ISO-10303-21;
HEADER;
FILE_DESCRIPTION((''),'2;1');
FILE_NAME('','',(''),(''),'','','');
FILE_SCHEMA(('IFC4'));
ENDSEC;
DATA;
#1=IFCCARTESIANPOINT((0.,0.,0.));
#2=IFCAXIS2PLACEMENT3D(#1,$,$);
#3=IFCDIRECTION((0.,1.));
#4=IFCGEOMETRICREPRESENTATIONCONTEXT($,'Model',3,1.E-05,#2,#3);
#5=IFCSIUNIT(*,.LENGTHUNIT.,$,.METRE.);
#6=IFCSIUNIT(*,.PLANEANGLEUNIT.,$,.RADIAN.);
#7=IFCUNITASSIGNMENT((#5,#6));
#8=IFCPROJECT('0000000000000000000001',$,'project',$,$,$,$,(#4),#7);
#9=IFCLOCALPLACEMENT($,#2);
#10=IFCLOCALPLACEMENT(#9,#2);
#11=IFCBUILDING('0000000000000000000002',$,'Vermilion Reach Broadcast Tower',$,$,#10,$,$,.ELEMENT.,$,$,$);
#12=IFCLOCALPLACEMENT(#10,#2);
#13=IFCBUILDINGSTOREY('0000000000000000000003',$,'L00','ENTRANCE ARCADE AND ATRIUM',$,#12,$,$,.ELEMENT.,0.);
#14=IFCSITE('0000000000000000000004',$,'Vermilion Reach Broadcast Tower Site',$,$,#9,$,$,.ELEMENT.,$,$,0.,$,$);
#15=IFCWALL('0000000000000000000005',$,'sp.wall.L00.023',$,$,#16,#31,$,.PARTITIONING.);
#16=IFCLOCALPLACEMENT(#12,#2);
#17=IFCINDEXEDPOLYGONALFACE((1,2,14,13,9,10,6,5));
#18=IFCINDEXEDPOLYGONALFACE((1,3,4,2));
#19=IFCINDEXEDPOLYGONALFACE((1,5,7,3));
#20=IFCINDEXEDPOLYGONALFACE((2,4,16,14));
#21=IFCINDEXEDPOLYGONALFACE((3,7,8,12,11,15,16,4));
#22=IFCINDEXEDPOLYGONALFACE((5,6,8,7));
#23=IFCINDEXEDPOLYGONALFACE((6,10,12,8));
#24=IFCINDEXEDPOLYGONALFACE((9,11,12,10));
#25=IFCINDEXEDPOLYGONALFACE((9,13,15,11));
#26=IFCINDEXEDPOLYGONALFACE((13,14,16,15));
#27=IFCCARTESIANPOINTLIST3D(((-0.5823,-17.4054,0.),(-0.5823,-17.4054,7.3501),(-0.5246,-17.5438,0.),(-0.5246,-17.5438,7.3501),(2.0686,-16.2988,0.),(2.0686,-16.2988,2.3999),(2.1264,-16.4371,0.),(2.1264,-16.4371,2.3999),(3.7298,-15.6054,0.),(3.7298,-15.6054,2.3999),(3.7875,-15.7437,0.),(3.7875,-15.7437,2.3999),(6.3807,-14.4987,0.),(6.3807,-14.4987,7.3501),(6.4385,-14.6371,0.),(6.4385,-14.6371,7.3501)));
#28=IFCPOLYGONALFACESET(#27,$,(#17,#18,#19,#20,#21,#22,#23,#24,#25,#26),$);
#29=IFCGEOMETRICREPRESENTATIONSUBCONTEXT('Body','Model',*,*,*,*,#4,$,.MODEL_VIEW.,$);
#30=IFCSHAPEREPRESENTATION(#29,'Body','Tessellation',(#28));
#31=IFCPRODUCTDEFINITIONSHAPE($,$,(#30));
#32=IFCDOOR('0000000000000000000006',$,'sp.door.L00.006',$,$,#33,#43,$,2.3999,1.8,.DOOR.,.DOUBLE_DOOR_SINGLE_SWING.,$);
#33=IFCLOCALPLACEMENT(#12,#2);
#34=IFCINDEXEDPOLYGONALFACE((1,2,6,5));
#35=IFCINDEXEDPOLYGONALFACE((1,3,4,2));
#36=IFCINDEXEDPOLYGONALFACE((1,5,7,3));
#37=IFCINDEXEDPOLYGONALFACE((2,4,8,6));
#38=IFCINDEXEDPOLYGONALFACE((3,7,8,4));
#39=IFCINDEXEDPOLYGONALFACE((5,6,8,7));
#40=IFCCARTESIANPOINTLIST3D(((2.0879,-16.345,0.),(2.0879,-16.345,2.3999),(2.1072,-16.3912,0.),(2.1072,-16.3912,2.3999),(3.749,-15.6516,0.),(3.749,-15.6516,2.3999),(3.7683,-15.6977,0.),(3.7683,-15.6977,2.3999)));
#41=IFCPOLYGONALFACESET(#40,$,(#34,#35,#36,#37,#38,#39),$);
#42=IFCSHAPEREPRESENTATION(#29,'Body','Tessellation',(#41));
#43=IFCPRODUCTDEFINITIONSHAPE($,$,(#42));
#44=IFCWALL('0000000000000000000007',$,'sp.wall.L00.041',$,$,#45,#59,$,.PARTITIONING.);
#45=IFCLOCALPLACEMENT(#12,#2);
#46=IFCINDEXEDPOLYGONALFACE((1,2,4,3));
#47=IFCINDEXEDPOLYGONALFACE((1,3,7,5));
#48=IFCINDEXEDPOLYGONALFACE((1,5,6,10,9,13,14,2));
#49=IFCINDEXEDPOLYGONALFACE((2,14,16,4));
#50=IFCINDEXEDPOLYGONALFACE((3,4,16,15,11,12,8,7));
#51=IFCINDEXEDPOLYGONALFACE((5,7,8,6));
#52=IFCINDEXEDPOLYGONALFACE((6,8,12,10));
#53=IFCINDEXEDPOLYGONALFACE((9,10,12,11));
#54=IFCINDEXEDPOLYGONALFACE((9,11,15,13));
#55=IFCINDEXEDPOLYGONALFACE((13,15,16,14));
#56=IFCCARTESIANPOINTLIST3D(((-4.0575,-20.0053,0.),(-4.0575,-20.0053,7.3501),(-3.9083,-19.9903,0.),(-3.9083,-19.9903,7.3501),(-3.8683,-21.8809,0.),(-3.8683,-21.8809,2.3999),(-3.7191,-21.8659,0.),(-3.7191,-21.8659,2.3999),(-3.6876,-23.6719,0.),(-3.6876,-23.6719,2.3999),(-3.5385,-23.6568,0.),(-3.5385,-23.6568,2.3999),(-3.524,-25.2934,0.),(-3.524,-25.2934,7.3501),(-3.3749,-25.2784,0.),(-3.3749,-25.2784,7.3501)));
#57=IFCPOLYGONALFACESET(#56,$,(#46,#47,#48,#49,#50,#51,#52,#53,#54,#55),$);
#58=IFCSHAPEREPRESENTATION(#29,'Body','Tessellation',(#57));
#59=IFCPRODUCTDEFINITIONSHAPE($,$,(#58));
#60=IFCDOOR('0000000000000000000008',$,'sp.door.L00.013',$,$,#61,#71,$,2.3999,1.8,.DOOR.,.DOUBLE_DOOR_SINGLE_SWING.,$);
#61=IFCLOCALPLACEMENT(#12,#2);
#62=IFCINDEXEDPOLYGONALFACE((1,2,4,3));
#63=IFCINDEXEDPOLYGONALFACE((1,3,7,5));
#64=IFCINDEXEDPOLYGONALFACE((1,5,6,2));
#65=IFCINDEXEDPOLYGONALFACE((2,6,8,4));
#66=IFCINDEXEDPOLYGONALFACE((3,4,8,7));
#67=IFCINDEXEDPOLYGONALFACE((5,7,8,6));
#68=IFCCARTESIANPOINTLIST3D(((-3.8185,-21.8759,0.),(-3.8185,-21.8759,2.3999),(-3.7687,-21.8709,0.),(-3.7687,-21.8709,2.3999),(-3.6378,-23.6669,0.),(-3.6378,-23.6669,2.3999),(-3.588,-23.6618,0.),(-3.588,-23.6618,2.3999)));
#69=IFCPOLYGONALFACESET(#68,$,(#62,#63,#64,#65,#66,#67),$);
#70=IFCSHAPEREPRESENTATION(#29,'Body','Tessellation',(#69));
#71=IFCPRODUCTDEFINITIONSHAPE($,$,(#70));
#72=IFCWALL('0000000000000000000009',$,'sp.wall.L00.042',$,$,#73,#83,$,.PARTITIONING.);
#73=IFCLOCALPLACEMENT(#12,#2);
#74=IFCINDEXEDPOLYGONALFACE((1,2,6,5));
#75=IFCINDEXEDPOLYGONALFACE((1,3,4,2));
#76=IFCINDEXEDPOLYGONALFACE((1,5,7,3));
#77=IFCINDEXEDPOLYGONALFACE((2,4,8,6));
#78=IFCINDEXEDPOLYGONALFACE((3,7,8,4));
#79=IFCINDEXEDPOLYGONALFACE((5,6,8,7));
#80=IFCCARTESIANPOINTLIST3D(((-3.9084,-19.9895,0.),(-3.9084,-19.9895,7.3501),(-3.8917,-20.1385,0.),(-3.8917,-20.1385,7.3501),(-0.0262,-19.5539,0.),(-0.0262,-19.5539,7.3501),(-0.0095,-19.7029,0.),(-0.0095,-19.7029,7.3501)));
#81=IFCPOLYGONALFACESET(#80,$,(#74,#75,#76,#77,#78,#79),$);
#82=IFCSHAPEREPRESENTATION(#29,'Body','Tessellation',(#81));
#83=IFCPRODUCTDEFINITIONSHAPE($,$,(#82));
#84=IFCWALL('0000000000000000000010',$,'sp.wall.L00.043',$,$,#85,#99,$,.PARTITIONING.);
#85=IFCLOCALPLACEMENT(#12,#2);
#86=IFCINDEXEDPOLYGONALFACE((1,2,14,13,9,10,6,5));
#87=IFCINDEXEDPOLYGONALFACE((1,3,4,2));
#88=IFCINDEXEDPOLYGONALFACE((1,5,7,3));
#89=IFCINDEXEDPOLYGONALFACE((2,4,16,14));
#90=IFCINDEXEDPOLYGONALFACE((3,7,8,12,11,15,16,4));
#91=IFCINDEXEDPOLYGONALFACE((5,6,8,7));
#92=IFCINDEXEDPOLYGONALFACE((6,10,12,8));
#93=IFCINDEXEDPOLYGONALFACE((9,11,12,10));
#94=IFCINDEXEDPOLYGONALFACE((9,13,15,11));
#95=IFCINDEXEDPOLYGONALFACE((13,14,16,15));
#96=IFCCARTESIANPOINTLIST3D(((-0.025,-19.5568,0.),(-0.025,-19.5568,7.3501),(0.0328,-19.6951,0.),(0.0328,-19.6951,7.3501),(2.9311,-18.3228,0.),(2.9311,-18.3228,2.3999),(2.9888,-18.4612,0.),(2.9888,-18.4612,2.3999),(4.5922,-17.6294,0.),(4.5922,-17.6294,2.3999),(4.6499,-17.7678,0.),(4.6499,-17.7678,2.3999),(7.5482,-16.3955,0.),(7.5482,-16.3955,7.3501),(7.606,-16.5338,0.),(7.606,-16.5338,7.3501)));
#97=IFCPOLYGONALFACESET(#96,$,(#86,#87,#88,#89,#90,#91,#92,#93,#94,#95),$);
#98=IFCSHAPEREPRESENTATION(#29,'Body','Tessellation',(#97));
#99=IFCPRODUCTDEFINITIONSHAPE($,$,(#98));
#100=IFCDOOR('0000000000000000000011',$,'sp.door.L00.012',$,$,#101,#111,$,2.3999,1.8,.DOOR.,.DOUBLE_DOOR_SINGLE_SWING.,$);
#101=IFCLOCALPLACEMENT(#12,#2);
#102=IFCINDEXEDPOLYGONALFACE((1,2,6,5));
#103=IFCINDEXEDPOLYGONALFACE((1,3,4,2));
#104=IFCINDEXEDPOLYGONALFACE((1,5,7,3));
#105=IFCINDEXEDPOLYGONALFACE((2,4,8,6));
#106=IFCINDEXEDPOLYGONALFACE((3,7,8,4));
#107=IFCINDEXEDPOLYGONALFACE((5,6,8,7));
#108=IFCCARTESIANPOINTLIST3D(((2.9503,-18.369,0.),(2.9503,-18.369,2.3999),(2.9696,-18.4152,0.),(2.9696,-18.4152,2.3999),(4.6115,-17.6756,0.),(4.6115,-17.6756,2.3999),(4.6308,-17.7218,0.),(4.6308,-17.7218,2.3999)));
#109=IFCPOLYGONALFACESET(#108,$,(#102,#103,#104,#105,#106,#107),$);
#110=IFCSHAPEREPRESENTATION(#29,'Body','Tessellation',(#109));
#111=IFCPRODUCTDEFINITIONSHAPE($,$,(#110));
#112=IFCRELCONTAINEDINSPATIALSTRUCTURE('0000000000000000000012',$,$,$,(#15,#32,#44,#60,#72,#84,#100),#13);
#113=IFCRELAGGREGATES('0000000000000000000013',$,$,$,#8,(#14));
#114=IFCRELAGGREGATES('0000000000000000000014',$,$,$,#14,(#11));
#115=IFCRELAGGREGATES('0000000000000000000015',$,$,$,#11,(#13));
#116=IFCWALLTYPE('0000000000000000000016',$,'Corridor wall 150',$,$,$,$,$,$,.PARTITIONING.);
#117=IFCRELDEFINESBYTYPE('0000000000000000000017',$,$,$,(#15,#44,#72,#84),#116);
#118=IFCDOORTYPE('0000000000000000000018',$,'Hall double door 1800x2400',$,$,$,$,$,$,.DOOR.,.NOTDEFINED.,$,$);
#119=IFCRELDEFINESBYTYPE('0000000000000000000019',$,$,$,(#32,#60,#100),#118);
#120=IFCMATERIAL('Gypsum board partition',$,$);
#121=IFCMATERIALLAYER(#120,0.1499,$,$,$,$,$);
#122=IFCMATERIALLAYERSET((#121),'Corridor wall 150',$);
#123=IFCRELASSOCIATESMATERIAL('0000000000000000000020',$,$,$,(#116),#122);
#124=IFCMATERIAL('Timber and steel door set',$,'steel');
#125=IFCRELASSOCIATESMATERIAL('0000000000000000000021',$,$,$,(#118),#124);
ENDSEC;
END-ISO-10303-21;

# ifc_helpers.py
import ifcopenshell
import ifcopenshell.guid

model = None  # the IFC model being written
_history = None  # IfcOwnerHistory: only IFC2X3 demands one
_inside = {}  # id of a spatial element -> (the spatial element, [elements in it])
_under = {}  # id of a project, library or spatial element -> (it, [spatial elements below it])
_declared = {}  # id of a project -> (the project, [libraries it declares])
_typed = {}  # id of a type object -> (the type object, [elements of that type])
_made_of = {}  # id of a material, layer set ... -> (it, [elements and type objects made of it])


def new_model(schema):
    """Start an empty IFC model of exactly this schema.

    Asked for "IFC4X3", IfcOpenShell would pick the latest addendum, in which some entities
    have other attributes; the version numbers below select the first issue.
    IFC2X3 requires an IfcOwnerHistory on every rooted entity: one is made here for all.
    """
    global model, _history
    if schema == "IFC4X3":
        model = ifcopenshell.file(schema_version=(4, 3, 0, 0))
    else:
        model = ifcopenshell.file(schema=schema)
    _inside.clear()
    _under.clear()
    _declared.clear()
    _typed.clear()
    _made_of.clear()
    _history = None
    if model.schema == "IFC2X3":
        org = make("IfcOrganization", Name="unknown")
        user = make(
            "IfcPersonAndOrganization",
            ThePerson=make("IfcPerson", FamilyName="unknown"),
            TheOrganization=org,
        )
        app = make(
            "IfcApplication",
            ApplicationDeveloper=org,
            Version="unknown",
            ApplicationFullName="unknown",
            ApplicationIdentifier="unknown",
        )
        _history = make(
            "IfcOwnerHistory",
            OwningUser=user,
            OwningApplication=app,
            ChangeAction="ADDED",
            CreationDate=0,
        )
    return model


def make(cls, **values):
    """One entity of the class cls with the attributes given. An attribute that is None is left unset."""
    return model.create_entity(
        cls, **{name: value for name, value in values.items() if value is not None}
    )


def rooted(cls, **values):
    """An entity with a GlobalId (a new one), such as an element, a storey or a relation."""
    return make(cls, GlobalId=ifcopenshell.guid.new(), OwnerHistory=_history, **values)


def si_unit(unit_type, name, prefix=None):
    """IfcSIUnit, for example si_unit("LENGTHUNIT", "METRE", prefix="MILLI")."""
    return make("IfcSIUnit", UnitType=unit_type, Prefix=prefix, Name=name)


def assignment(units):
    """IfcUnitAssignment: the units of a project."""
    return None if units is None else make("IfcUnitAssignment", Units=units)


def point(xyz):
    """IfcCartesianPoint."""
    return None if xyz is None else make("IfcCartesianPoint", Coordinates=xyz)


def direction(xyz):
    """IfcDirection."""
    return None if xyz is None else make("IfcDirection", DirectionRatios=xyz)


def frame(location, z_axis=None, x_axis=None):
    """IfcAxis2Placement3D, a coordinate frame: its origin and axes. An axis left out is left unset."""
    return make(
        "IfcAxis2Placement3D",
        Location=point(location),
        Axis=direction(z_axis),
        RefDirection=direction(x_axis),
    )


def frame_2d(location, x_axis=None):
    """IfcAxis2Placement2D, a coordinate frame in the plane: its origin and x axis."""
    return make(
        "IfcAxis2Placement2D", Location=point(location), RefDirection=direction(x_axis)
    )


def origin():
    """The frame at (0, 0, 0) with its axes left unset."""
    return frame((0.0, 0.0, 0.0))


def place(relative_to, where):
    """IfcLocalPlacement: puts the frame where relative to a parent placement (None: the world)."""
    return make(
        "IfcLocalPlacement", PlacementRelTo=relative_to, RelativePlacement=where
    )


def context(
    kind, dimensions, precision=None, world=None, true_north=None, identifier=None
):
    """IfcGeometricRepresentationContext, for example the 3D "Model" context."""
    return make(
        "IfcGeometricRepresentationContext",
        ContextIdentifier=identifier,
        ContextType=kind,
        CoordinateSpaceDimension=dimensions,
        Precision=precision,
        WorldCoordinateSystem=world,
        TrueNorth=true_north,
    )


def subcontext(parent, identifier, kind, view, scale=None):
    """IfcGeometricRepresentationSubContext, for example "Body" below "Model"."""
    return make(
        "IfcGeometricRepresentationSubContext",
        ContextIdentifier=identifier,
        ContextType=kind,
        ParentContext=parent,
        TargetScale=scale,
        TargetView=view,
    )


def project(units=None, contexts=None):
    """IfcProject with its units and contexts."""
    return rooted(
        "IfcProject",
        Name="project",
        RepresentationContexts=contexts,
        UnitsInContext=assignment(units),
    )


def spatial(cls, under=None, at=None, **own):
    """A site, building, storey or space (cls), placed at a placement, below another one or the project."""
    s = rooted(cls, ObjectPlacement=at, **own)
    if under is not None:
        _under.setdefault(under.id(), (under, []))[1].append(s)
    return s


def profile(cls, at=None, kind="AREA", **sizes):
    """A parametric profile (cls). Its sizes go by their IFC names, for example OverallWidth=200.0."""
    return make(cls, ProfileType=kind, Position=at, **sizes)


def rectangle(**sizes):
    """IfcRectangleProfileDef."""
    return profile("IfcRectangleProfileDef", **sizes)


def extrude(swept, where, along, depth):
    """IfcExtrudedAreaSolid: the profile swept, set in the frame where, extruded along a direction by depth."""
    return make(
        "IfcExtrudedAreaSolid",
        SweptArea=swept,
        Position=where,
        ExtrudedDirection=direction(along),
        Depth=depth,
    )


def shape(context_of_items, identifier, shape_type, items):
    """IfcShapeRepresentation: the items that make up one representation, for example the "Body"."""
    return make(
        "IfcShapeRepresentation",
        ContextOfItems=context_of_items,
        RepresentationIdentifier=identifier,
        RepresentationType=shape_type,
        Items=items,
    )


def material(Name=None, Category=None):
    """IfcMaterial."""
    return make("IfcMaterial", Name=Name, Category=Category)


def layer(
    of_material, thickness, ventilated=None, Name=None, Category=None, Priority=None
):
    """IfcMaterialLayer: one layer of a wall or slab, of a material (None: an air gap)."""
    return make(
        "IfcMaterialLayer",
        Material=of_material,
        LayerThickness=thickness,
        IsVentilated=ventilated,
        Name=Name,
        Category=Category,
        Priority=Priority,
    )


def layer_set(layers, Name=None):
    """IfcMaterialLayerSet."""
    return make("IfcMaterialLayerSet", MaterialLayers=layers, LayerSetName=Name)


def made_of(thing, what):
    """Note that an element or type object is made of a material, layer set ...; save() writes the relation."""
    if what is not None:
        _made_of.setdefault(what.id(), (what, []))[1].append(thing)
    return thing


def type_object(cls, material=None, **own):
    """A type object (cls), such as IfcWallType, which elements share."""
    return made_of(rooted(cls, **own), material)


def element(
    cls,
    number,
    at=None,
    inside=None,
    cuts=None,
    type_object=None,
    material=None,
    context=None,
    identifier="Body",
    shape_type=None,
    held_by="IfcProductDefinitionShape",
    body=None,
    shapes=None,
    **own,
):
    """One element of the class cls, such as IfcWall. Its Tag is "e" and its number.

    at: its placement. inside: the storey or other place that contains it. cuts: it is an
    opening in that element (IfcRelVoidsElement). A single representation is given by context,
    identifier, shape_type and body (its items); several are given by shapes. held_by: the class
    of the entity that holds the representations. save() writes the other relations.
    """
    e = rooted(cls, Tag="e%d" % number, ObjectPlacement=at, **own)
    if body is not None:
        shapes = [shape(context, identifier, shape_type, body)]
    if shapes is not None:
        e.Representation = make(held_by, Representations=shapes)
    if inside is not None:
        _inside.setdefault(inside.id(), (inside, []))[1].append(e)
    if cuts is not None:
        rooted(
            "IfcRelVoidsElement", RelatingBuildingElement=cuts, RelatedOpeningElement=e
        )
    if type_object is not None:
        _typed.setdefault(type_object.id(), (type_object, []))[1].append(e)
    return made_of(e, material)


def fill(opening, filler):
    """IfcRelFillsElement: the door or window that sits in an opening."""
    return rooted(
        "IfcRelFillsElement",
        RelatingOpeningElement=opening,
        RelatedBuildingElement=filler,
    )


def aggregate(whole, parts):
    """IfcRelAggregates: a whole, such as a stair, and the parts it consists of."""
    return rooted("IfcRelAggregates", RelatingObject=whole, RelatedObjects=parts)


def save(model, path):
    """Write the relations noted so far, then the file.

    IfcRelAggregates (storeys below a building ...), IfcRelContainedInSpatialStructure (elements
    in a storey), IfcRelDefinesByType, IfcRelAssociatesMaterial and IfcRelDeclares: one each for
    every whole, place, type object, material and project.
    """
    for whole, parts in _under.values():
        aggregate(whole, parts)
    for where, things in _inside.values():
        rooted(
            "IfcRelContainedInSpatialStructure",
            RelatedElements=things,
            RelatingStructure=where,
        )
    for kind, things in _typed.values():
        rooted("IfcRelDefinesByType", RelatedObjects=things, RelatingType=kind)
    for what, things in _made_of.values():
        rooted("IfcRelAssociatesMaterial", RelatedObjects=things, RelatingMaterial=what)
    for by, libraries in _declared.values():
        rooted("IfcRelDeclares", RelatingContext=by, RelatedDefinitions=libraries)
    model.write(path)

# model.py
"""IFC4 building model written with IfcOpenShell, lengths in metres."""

from ifc_helpers import new_model, si_unit, direction, frame, frame_2d, origin, place, context, subcontext, project, spatial, rectangle, extrude, material, layer, layer_set, type_object, element, fill, save


model = new_model("IFC4")

# Units and contexts
model_context = context("Model", 3, precision=1e-05, world=origin(), true_north=direction((0.0, 1.0)))
body_context = subcontext(model_context, "Body", "Model", "MODEL_VIEW")
ifc_project = project(units=[si_unit("LENGTHUNIT", "METRE"), si_unit("PLANEANGLEUNIT", "RADIAN")], contexts=[model_context])

# Site, building, storey
site_placement = place(None, origin())
site = spatial("IfcSite", under=ifc_project, at=site_placement, Name="Vermilion Reach Broadcast Tower Site", CompositionType="ELEMENT", RefElevation=0.0)
building_placement = place(site_placement, origin())
building = spatial("IfcBuilding", under=site, at=building_placement, Name="Vermilion Reach Broadcast Tower", CompositionType="ELEMENT")
storey_placement = place(building_placement, origin())
storey = spatial("IfcBuildingStorey", under=building, at=storey_placement, Name="L00", Description="ENTRANCE ARCADE AND ATRIUM", CompositionType="ELEMENT", Elevation=0.0)

# Walls, openings, doors
ifc_material_1 = material(Name="Gypsum board partition")
ifc_layer_1 = layer(ifc_material_1, 0.1499)
ifc_layer_set_1 = layer_set([ifc_layer_1], Name="Corridor wall 150")
wall_type = type_object("IfcWallType", Name="Corridor wall 150", PredefinedType="PARTITIONING", material=ifc_layer_set_1)
wall_1_placement = place(storey_placement, frame((-0.5535, -17.4746, 0.0), z_axis=(0.0, 0.0, 1.0), x_axis=(0.922821, 0.385229, 0.0)))
wall_1 = element("IfcWall", 1, at=wall_1_placement, inside=storey, type_object=wall_type, Name="sp.wall.L00.023", PredefinedType="PARTITIONING", context=body_context, shape_type="SweptSolid", body=[
    extrude(rectangle(XDim=7.5454, YDim=0.1499, at=frame_2d((3.7727, 0.0))), origin(), (0.0, 0.0, 1.0), 7.3501),
])
opening_1_placement = place(wall_1_placement, frame((2.8728, 0.0, 0.0)))
opening_1 = element("IfcOpeningElement", 2, at=opening_1_placement, cuts=wall_1, PredefinedType="OPENING", context=body_context, shape_type="SweptSolid", body=[
    extrude(rectangle(XDim=1.8, YDim=2.3999, at=frame_2d((0.8999, 1.2))), frame((0.0, 0.085, 0.0), z_axis=(0.0, -1.0, 0.0), x_axis=(1.0, 0.0, 0.0)), (0.0, 0.0, 1.0), 0.1699),
])
ifc_material_2 = material(Name="Timber and steel door set", Category="steel")
door_type = type_object("IfcDoorType", Name="Hall double door 1800x2400", OperationType="NOTDEFINED", PredefinedType="DOOR", material=ifc_material_2)
door_1_placement = place(opening_1_placement, origin())
door_1 = element("IfcDoor", 3, at=door_1_placement, inside=storey, type_object=door_type, Name="sp.door.L00.006", OperationType="DOUBLE_DOOR_SINGLE_SWING", OverallHeight=2.3999, OverallWidth=1.8, PredefinedType="DOOR", context=body_context, shape_type="SweptSolid", body=[
    extrude(rectangle(XDim=1.8, YDim=2.3999, at=frame_2d((0.8999, 1.2))), frame((0.0, 0.0249, 0.0), z_axis=(0.0, -1.0, 0.0), x_axis=(1.0, 0.0, 0.0)), (0.0, 0.0, 1.0), 0.05),
])
fill(opening_1, door_1)
wall_2_placement = place(storey_placement, frame((-3.4495, -25.2859, 0.0), z_axis=(0.0, 0.0, 1.0), x_axis=(-0.100368, 0.99495, 0.0)))
wall_2 = element("IfcWall", 4, at=wall_2_placement, inside=storey, type_object=wall_type, Name="sp.wall.L00.041", PredefinedType="PARTITIONING", context=body_context, shape_type="SweptSolid", body=[
    extrude(rectangle(XDim=5.3149, YDim=0.1499, at=frame_2d((2.6575, 0.0))), origin(), (0.0, 0.0, 1.0), 7.3501),
])
opening_2_placement = place(wall_2_placement, frame((1.6299, 0.0, 0.0)))
opening_2 = element("IfcOpeningElement", 5, at=opening_2_placement, cuts=wall_2, PredefinedType="OPENING", context=body_context, shape_type="SweptSolid", body=[
    extrude(rectangle(XDim=1.8, YDim=2.3999, at=frame_2d((0.8999, 1.2))), frame((0.0, 0.085, 0.0), z_axis=(0.0, -1.0, 0.0), x_axis=(1.0, 0.0, 0.0)), (0.0, 0.0, 1.0), 0.1699),
])
door_2_placement = place(opening_2_placement, origin())
door_2 = element("IfcDoor", 6, at=door_2_placement, inside=storey, type_object=door_type, Name="sp.door.L00.013", OperationType="DOUBLE_DOOR_SINGLE_SWING", OverallHeight=2.3999, OverallWidth=1.8, PredefinedType="DOOR", context=body_context, shape_type="SweptSolid", body=[
    extrude(rectangle(XDim=1.8, YDim=2.3999, at=frame_2d((0.8999, 1.2))), frame((0.0, 0.0249, 0.0), z_axis=(0.0, -1.0, 0.0), x_axis=(1.0, 0.0, 0.0)), (0.0, 0.0, 1.0), 0.05),
])
fill(opening_2, door_2)

# Wall
wall_3_placement = place(storey_placement, frame((-3.8999, -20.064, 0.0), z_axis=(0.0, 0.0, 1.0), x_axis=(0.993765, 0.111495, 0.0)))
element("IfcWall", 7, at=wall_3_placement, inside=storey, type_object=wall_type, Name="sp.wall.L00.042", PredefinedType="PARTITIONING", context=body_context, shape_type="SweptSolid", body=[
    extrude(rectangle(XDim=3.9065, YDim=0.1499, at=frame_2d((1.9531, 0.0))), origin(), (0.0, 0.0, 1.0), 7.3501),
])

# Wall, opening, door
wall_4_placement = place(storey_placement, frame((0.0039, -19.626, 0.0), z_axis=(0.0, 0.0, 1.0), x_axis=(0.922823, 0.385224, 0.0)))
wall_4 = element("IfcWall", 8, at=wall_4_placement, inside=storey, type_object=wall_type, Name="sp.wall.L00.043", PredefinedType="PARTITIONING", context=body_context, shape_type="SweptSolid", body=[
    extrude(rectangle(XDim=8.2065, YDim=0.1499, at=frame_2d((4.1033, 0.0))), origin(), (0.0, 0.0, 1.0), 7.3501),
])
opening_3_placement = place(wall_4_placement, frame((3.2034, 0.0, 0.0)))
opening_3 = element("IfcOpeningElement", 9, at=opening_3_placement, cuts=wall_4, PredefinedType="OPENING", context=body_context, shape_type="SweptSolid", body=[
    extrude(rectangle(XDim=1.8, YDim=2.3999, at=frame_2d((0.8999, 1.2))), frame((0.0, 0.085, 0.0), z_axis=(0.0, -1.0, 0.0), x_axis=(1.0, 0.0, 0.0)), (0.0, 0.0, 1.0), 0.1699),
])
door_3_placement = place(opening_3_placement, origin())
door_3 = element("IfcDoor", 10, at=door_3_placement, inside=storey, type_object=door_type, Name="sp.door.L00.012", OperationType="DOUBLE_DOOR_SINGLE_SWING", OverallHeight=2.3999, OverallWidth=1.8, PredefinedType="DOOR", context=body_context, shape_type="SweptSolid", body=[
    extrude(rectangle(XDim=1.8, YDim=2.3999, at=frame_2d((0.8999, 1.2))), frame((0.0, 0.0249, 0.0), z_axis=(0.0, -1.0, 0.0), x_axis=(1.0, 0.0, 0.0)), (0.0, 0.0, 1.0), 0.05),
])
fill(opening_3, door_3)

save(model, "model.ifc")
